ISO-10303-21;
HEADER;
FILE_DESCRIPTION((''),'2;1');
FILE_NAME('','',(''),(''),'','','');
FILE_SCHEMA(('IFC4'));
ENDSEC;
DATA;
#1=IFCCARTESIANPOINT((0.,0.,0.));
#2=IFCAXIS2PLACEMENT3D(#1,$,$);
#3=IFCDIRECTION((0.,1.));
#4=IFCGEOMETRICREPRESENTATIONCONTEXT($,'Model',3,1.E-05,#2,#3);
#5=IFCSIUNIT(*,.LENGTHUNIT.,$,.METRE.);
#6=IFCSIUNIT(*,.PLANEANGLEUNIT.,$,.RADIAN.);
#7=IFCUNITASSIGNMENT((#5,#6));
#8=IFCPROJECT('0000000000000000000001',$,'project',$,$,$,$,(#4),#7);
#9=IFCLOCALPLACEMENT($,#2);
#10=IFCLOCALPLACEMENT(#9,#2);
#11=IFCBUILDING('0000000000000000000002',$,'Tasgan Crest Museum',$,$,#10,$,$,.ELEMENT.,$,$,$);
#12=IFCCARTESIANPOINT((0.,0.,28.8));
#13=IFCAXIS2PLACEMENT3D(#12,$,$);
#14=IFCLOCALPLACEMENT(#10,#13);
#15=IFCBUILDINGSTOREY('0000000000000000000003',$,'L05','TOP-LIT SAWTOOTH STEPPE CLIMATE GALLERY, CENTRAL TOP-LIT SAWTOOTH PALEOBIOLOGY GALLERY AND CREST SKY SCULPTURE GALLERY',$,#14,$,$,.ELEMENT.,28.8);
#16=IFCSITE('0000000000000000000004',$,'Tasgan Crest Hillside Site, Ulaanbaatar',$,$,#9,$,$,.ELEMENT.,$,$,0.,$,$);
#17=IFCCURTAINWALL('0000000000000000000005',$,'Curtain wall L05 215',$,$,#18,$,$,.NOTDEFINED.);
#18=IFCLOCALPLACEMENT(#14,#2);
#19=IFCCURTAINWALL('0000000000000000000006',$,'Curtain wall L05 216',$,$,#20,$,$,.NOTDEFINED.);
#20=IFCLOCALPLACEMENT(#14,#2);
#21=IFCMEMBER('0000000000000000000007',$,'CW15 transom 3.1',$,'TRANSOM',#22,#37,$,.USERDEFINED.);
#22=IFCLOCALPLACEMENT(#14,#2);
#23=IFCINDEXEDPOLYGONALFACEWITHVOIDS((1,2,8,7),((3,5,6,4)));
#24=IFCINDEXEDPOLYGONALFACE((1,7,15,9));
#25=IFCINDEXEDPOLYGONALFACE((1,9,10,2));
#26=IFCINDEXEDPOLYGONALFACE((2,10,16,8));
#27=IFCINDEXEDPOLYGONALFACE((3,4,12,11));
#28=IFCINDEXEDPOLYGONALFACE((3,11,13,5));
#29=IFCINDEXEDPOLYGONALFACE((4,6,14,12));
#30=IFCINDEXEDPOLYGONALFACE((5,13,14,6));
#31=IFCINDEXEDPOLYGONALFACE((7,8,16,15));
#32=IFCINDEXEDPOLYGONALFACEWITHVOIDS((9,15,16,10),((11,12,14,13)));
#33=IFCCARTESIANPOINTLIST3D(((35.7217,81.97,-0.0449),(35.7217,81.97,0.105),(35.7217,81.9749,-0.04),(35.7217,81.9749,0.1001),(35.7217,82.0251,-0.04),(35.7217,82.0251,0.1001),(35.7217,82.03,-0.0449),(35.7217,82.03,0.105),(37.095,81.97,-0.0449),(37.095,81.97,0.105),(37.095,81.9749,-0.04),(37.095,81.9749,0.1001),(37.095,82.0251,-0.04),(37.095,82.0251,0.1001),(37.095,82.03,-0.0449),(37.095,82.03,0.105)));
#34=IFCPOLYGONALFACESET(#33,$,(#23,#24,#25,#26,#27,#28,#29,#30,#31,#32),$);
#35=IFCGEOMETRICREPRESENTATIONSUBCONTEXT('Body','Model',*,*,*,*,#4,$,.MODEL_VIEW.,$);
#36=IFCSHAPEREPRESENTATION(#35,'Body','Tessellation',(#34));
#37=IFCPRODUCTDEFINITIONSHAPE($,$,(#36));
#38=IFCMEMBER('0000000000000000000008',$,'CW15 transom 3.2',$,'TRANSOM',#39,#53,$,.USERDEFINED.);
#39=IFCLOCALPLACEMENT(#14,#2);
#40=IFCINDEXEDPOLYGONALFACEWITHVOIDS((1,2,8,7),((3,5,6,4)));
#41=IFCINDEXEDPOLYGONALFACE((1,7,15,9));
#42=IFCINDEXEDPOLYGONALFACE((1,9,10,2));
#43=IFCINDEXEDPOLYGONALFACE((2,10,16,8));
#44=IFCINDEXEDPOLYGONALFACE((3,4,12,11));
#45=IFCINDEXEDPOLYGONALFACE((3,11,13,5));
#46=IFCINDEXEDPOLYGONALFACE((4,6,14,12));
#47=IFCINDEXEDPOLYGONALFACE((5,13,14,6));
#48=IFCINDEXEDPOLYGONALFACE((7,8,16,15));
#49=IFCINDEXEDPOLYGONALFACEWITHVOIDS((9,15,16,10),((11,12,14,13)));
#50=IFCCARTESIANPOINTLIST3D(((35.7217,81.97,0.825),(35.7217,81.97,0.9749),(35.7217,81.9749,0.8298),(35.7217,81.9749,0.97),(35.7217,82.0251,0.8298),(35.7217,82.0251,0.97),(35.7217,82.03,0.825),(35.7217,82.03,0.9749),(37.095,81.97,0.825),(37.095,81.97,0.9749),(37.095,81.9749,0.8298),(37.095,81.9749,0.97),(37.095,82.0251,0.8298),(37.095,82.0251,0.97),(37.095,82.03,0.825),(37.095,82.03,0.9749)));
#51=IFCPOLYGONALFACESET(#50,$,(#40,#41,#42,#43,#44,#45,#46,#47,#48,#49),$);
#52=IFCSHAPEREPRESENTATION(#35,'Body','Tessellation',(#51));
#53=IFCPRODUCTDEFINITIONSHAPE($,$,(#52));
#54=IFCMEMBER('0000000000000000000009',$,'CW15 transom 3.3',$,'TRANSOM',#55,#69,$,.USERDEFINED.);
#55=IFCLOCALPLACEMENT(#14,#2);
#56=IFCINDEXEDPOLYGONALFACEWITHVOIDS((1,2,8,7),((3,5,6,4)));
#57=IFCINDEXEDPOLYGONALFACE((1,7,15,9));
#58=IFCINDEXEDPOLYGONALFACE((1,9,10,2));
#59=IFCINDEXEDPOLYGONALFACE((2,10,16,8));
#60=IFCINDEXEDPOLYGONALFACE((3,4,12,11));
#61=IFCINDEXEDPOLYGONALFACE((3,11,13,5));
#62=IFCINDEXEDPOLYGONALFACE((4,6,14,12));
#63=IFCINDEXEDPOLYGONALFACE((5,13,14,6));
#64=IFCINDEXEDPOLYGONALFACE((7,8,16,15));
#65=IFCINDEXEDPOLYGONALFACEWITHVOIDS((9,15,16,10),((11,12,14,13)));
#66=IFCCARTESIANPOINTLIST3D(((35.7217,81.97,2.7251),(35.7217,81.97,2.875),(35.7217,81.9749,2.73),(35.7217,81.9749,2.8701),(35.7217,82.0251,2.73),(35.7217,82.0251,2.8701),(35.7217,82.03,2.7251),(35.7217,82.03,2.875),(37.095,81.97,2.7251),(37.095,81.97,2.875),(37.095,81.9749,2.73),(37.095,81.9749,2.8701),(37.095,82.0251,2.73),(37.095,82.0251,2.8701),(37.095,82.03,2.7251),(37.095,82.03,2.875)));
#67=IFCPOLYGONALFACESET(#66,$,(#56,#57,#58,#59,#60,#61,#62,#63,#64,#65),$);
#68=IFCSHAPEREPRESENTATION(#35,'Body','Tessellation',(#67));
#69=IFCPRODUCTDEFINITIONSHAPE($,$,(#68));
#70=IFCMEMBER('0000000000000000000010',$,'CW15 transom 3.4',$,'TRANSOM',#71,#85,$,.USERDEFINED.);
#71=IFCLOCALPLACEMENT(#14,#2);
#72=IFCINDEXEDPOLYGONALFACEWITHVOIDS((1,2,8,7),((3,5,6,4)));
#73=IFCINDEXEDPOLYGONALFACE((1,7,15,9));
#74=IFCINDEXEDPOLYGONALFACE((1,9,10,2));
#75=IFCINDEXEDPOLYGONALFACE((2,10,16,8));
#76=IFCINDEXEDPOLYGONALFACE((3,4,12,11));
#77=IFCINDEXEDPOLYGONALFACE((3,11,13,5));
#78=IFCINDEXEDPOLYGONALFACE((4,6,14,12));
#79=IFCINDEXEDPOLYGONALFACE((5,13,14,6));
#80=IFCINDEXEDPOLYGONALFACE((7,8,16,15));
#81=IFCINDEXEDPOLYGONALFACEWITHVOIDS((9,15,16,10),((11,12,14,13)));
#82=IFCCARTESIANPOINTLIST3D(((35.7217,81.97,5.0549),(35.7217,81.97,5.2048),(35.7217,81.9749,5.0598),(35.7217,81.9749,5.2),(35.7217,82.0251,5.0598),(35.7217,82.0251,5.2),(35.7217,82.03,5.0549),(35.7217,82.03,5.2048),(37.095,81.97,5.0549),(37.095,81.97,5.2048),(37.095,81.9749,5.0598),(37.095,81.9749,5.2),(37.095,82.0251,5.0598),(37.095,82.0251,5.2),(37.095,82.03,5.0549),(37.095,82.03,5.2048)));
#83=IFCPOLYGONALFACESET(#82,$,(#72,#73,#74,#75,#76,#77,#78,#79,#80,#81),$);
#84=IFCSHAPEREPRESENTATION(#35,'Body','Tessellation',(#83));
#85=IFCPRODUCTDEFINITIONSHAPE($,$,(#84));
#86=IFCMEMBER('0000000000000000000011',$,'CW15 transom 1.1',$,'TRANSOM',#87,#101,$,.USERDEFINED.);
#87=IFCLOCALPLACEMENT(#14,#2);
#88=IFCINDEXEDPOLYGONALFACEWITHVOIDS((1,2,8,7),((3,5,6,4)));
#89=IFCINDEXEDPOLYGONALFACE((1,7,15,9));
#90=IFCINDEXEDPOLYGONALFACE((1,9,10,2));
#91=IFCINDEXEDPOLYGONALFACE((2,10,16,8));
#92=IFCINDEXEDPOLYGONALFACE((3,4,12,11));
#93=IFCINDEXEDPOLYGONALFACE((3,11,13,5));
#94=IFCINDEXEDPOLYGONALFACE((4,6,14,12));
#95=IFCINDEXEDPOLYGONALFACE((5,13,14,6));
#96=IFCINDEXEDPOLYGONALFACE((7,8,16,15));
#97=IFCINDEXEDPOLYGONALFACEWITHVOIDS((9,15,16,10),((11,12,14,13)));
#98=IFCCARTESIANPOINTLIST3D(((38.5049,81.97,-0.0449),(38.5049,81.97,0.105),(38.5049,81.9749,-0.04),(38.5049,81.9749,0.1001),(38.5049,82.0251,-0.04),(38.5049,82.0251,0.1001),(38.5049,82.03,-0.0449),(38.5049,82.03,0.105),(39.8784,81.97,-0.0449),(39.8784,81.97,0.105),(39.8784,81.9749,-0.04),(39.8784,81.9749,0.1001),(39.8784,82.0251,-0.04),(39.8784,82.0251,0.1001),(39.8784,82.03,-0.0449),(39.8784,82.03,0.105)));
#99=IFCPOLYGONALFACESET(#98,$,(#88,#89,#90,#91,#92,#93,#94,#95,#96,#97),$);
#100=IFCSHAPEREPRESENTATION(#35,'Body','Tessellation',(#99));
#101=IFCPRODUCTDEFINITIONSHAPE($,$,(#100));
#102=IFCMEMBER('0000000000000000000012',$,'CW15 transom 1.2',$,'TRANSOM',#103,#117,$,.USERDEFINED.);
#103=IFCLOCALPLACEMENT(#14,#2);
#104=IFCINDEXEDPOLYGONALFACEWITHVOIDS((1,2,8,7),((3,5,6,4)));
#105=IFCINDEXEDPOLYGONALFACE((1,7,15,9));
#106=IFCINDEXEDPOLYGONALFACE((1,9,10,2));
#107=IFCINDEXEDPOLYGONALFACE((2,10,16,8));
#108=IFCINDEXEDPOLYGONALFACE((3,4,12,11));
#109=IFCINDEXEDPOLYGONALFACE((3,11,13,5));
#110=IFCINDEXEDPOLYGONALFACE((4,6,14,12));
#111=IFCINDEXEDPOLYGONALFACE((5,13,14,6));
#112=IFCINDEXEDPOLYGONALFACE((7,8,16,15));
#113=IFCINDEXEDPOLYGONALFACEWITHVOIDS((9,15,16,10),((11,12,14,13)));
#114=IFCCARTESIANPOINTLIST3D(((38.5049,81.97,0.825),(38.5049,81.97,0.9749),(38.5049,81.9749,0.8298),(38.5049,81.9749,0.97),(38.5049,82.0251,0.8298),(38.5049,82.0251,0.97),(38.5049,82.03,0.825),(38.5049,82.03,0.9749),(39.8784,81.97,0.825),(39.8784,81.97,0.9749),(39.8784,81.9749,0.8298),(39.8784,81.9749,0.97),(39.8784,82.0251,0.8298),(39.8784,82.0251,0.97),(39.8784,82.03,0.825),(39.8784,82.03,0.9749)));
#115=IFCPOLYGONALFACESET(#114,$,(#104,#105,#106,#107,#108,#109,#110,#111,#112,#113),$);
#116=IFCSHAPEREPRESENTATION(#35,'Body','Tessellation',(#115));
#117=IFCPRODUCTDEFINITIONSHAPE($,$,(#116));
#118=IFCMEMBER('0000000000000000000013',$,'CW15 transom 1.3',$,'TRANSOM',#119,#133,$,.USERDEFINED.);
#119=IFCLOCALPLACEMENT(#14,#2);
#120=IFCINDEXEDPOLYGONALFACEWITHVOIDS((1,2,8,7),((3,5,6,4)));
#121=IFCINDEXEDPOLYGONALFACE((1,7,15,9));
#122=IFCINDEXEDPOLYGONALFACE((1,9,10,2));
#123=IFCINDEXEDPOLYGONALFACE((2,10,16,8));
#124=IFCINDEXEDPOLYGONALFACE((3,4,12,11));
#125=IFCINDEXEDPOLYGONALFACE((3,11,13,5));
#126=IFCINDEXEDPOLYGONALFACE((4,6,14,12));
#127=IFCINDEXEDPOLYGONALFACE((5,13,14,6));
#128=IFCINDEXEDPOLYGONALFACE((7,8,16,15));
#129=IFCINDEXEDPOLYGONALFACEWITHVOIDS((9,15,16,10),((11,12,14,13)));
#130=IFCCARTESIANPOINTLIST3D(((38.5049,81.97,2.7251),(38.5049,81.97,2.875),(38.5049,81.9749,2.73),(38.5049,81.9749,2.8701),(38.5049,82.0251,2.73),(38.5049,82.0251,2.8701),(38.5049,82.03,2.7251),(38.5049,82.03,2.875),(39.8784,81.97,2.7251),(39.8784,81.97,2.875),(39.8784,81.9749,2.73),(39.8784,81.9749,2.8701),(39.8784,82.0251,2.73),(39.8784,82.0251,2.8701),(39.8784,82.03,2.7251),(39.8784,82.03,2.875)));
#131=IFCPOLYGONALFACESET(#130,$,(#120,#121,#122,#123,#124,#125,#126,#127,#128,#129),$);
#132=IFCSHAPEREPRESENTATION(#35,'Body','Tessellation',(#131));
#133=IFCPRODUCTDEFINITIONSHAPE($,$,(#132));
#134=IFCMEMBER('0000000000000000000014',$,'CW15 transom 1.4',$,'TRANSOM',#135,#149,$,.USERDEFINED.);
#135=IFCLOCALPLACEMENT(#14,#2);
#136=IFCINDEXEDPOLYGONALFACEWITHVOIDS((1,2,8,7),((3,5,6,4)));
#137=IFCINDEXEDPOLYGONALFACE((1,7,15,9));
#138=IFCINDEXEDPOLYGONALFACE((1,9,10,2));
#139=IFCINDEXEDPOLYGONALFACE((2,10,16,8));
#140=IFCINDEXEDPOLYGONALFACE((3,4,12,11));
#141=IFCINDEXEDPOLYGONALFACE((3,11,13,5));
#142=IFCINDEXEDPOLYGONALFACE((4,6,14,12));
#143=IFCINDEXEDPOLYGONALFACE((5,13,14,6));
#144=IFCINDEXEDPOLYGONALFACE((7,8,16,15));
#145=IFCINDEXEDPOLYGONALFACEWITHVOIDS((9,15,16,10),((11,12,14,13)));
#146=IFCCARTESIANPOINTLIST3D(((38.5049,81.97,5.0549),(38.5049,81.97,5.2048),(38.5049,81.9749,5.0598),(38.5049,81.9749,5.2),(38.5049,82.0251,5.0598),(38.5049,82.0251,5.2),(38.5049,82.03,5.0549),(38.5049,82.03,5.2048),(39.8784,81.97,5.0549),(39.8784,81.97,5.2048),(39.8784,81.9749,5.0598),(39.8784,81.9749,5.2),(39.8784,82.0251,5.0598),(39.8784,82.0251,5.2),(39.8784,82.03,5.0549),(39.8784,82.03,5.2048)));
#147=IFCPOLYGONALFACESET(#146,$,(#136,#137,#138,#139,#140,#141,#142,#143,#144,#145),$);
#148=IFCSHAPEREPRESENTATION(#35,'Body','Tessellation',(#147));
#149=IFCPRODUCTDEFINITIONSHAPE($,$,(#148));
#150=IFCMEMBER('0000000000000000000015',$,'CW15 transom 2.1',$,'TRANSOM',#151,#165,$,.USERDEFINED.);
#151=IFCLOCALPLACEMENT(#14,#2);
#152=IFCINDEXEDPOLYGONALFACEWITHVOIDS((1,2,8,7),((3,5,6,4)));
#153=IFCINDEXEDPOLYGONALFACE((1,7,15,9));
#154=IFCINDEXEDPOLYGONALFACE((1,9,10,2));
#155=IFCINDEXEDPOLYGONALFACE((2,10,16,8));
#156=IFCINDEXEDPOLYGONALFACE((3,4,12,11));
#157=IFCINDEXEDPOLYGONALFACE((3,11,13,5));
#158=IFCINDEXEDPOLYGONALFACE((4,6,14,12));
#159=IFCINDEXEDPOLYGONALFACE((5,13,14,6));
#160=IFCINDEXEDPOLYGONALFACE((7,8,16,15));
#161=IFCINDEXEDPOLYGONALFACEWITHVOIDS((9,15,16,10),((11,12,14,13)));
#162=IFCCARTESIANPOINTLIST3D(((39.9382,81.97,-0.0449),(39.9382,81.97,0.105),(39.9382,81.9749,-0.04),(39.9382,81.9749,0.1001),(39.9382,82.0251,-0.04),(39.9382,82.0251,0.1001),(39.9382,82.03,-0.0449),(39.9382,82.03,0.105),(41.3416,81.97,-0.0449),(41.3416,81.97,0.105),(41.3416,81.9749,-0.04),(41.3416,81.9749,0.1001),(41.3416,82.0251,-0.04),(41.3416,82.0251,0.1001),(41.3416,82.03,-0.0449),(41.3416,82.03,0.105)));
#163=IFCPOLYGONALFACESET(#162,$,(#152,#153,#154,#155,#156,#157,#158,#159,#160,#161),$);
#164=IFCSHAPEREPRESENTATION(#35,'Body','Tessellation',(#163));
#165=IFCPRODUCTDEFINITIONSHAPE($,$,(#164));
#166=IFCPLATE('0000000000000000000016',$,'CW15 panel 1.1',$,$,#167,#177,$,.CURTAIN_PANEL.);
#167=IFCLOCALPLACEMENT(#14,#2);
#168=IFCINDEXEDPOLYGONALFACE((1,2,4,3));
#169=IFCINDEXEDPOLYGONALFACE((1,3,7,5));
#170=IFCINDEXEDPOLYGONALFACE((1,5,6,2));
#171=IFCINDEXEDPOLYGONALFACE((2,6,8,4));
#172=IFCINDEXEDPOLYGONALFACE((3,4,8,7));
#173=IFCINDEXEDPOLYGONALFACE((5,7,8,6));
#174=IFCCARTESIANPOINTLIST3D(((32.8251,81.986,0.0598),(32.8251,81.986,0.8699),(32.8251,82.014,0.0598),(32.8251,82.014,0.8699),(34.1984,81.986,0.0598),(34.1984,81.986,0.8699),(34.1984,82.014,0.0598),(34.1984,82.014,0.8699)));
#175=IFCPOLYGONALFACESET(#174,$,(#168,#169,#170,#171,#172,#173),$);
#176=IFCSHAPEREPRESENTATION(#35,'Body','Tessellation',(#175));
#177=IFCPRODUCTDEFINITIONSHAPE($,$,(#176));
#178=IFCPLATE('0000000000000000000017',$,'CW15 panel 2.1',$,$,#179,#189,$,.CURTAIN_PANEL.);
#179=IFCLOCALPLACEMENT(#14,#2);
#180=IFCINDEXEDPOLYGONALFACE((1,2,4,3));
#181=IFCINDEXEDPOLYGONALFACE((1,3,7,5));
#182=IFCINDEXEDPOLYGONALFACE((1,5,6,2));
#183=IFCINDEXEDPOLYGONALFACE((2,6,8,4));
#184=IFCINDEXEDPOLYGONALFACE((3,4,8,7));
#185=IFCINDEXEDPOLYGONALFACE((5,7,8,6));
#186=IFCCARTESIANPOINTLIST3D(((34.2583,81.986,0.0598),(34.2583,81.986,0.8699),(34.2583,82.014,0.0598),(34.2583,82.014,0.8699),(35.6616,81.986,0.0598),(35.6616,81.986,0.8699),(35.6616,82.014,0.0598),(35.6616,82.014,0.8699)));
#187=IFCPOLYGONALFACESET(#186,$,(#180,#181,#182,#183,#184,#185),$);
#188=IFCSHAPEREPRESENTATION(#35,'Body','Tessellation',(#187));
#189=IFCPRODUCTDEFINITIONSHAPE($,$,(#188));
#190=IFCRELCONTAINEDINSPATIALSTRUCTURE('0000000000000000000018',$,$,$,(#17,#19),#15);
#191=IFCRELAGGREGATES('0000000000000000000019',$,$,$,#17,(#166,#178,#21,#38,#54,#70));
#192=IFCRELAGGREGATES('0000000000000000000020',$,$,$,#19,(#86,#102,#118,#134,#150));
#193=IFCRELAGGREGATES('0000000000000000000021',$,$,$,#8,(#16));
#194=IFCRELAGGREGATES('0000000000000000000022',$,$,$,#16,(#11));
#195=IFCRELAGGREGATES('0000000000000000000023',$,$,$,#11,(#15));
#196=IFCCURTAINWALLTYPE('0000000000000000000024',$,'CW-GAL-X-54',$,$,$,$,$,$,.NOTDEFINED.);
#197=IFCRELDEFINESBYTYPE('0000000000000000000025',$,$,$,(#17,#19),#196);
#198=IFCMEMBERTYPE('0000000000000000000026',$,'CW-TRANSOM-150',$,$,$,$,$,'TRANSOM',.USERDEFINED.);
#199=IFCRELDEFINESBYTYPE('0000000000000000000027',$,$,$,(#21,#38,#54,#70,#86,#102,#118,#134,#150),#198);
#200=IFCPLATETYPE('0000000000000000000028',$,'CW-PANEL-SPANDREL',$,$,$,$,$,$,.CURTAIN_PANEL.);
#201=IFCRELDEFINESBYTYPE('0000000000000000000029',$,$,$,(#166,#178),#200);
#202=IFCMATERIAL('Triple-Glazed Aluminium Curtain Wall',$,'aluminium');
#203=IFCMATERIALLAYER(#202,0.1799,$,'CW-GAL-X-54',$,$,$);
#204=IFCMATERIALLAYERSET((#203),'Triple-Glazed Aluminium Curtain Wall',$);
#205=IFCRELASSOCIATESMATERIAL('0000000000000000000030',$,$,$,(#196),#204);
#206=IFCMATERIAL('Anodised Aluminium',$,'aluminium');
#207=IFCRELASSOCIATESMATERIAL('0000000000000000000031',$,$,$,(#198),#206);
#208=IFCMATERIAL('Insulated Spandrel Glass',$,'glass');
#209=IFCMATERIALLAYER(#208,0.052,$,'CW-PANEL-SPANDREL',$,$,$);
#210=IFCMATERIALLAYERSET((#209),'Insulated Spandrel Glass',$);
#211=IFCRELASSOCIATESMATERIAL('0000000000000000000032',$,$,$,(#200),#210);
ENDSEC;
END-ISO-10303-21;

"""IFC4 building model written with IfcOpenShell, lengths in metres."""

from ifc_helpers import new_model, si_unit, direction, frame, origin, origin_2d, place, context, subcontext, project, spatial, rectangle, hollow_rectangle, extrude, material, layer, layer_set, material_profile, profile_set, type_object, element, aggregate, save


model = new_model("IFC4")

# Units and contexts
model_context = context("Model", 3, precision=1e-05, world=origin(), true_north=direction((0.0, 1.0)))
body_context = subcontext(model_context, "Body", "Model", "MODEL_VIEW")
ifc_project = project(units=[si_unit("LENGTHUNIT", "METRE"), si_unit("PLANEANGLEUNIT", "RADIAN")], contexts=[model_context])

# Site, building, storey
site_placement = place(None, origin())
site = spatial("IfcSite", under=ifc_project, at=site_placement, Name="Tasgan Crest Hillside Site, Ulaanbaatar", CompositionType="ELEMENT", RefElevation=0.0)
building_placement = place(site_placement, origin())
building = spatial("IfcBuilding", under=site, at=building_placement, Name="Tasgan Crest Museum", CompositionType="ELEMENT")
storey_placement = place(building_placement, frame((0.0, 0.0, 28.8)))
storey = spatial("IfcBuildingStorey", under=building, at=storey_placement, Name="L05", Description="TOP-LIT SAWTOOTH STEPPE CLIMATE GALLERY, CENTRAL TOP-LIT SAWTOOTH PALEOBIOLOGY GALLERY AND CREST SKY SCULPTURE GALLERY", CompositionType="ELEMENT", Elevation=28.8)

# Curtain walls
ifc_material_1 = material(Name="Triple-Glazed Aluminium Curtain Wall", Category="aluminium")
ifc_layer_1 = layer(ifc_material_1, 0.1799, Name="CW-GAL-X-54")
ifc_layer_set_1 = layer_set([ifc_layer_1], Name="Triple-Glazed Aluminium Curtain Wall")
curtain_wall_type = type_object("IfcCurtainWallType", Name="CW-GAL-X-54", PredefinedType="NOTDEFINED", material=ifc_layer_set_1)
curtain_wall_1_placement = place(storey_placement, origin())
curtain_wall_1 = element("IfcCurtainWall", 1, at=curtain_wall_1_placement, inside=storey, type_object=curtain_wall_type, Name="Curtain wall L05 215", PredefinedType="NOTDEFINED")
curtain_wall_2_placement = place(storey_placement, origin())
curtain_wall_2 = element("IfcCurtainWall", 2, at=curtain_wall_2_placement, inside=storey, type_object=curtain_wall_type, Name="Curtain wall L05 216", PredefinedType="NOTDEFINED")

# Members
ifc_material_2 = material(Name="Anodised Aluminium", Category="aluminium")
ifc_material_profile_1 = material_profile(ifc_material_2, hollow_rectangle(XDim=0.0601, YDim=0.1499, WallThickness=0.0049, at=origin_2d()), Name="ALU TRANSOM 150x60x5")
ifc_profile_set_1 = profile_set([ifc_material_profile_1], Name="Anodised Aluminium")
member_type_1 = type_object("IfcMemberType", Name="CW-TRANSOM-150", ElementType="TRANSOM", PredefinedType="USERDEFINED", material=ifc_profile_set_1)
member_1_placement = place(storey_placement, frame((35.7217, 82.0, 0.03), z_axis=(1.0, 0.0, 0.0), x_axis=(0.0, 1.0, 0.0)))
member_1 = element("IfcMember", 3, at=member_1_placement, type_object=member_type_1, Name="CW15 transom 3.1", ObjectType="TRANSOM", PredefinedType="USERDEFINED", context=body_context, shape_type="SweptSolid", body=[
    extrude(hollow_rectangle(XDim=0.0601, YDim=0.1499, WallThickness=0.0049, at=origin_2d()), origin(), (0.0, 0.0, 1.0), 1.3733),
])
member_2_placement = place(storey_placement, frame((35.7217, 82.0, 0.8999), z_axis=(1.0, 0.0, 0.0), x_axis=(0.0, 1.0, 0.0)))
member_2 = element("IfcMember", 4, at=member_2_placement, type_object=member_type_1, Name="CW15 transom 3.2", ObjectType="TRANSOM", PredefinedType="USERDEFINED", context=body_context, shape_type="SweptSolid", body=[
    extrude(hollow_rectangle(XDim=0.0601, YDim=0.1499, WallThickness=0.0049, at=origin_2d()), origin(), (0.0, 0.0, 1.0), 1.3733),
])
member_3_placement = place(storey_placement, frame((35.7217, 82.0, 2.8), z_axis=(1.0, 0.0, 0.0), x_axis=(0.0, 1.0, 0.0)))
member_3 = element("IfcMember", 5, at=member_3_placement, type_object=member_type_1, Name="CW15 transom 3.3", ObjectType="TRANSOM", PredefinedType="USERDEFINED", context=body_context, shape_type="SweptSolid", body=[
    extrude(hollow_rectangle(XDim=0.0601, YDim=0.1499, WallThickness=0.0049, at=origin_2d()), origin(), (0.0, 0.0, 1.0), 1.3733),
])
member_4_placement = place(storey_placement, frame((35.7217, 82.0, 5.1299), z_axis=(1.0, 0.0, 0.0), x_axis=(0.0, 1.0, 0.0)))
member_4 = element("IfcMember", 6, at=member_4_placement, type_object=member_type_1, Name="CW15 transom 3.4", ObjectType="TRANSOM", PredefinedType="USERDEFINED", context=body_context, shape_type="SweptSolid", body=[
    extrude(hollow_rectangle(XDim=0.0601, YDim=0.1499, WallThickness=0.0049, at=origin_2d()), origin(), (0.0, 0.0, 1.0), 1.3733),
])
member_5_placement = place(storey_placement, frame((38.5049, 82.0, 0.03), z_axis=(1.0, 0.0, 0.0), x_axis=(0.0, 1.0, 0.0)))
member_5 = element("IfcMember", 7, at=member_5_placement, type_object=member_type_1, Name="CW15 transom 1.1", ObjectType="TRANSOM", PredefinedType="USERDEFINED", context=body_context, shape_type="SweptSolid", body=[
    extrude(hollow_rectangle(XDim=0.0601, YDim=0.1499, WallThickness=0.0049, at=origin_2d()), origin(), (0.0, 0.0, 1.0), 1.3735),
])
member_6_placement = place(storey_placement, frame((38.5049, 82.0, 0.8999), z_axis=(1.0, 0.0, 0.0), x_axis=(0.0, 1.0, 0.0)))
member_6 = element("IfcMember", 8, at=member_6_placement, type_object=member_type_1, Name="CW15 transom 1.2", ObjectType="TRANSOM", PredefinedType="USERDEFINED", context=body_context, shape_type="SweptSolid", body=[
    extrude(hollow_rectangle(XDim=0.0601, YDim=0.1499, WallThickness=0.0049, at=origin_2d()), origin(), (0.0, 0.0, 1.0), 1.3735),
])
member_7_placement = place(storey_placement, frame((38.5049, 82.0, 2.8), z_axis=(1.0, 0.0, 0.0), x_axis=(0.0, 1.0, 0.0)))
member_7 = element("IfcMember", 9, at=member_7_placement, type_object=member_type_1, Name="CW15 transom 1.3", ObjectType="TRANSOM", PredefinedType="USERDEFINED", context=body_context, shape_type="SweptSolid", body=[
    extrude(hollow_rectangle(XDim=0.0601, YDim=0.1499, WallThickness=0.0049, at=origin_2d()), origin(), (0.0, 0.0, 1.0), 1.3735),
])
member_8_placement = place(storey_placement, frame((38.5049, 82.0, 5.1299), z_axis=(1.0, 0.0, 0.0), x_axis=(0.0, 1.0, 0.0)))
member_8 = element("IfcMember", 10, at=member_8_placement, type_object=member_type_1, Name="CW15 transom 1.4", ObjectType="TRANSOM", PredefinedType="USERDEFINED", context=body_context, shape_type="SweptSolid", body=[
    extrude(hollow_rectangle(XDim=0.0601, YDim=0.1499, WallThickness=0.0049, at=origin_2d()), origin(), (0.0, 0.0, 1.0), 1.3735),
])
member_9_placement = place(storey_placement, frame((39.9382, 82.0, 0.03), z_axis=(1.0, 0.0, 0.0), x_axis=(0.0, 1.0, 0.0)))
member_9 = element("IfcMember", 11, at=member_9_placement, type_object=member_type_1, Name="CW15 transom 2.1", ObjectType="TRANSOM", PredefinedType="USERDEFINED", context=body_context, shape_type="SweptSolid", body=[
    extrude(hollow_rectangle(XDim=0.0601, YDim=0.1499, WallThickness=0.0049, at=origin_2d()), origin(), (0.0, 0.0, 1.0), 1.4033),
])

# Plates
ifc_material_3 = material(Name="Insulated Spandrel Glass", Category="glass")
ifc_layer_2 = layer(ifc_material_3, 0.052, Name="CW-PANEL-SPANDREL")
ifc_layer_set_2 = layer_set([ifc_layer_2], Name="Insulated Spandrel Glass")
plate_type_1 = type_object("IfcPlateType", Name="CW-PANEL-SPANDREL", PredefinedType="CURTAIN_PANEL", material=ifc_layer_set_2)
plate_1_placement = place(storey_placement, frame((33.5117, 82.0, 0.0598), z_axis=(0.0, 0.0, 1.0), x_axis=(1.0, 0.0, 0.0)))
plate_1 = element("IfcPlate", 12, at=plate_1_placement, type_object=plate_type_1, Name="CW15 panel 1.1", PredefinedType="CURTAIN_PANEL", context=body_context, shape_type="SweptSolid", body=[
    extrude(rectangle(XDim=1.3733, YDim=0.0281, at=origin_2d()), origin(), (0.0, 0.0, 1.0), 0.8101),
])
plate_2_placement = place(storey_placement, frame((34.96, 82.0, 0.0598), z_axis=(0.0, 0.0, 1.0), x_axis=(1.0, 0.0, 0.0)))
plate_2 = element("IfcPlate", 13, at=plate_2_placement, type_object=plate_type_1, Name="CW15 panel 2.1", PredefinedType="CURTAIN_PANEL", context=body_context, shape_type="SweptSolid", body=[
    extrude(rectangle(XDim=1.4033, YDim=0.0281, at=origin_2d()), origin(), (0.0, 0.0, 1.0), 0.8101),
])
aggregate(curtain_wall_1, [plate_1, plate_2, member_1, member_2, member_3, member_4])
aggregate(curtain_wall_2, [member_5, member_6, member_7, member_8, member_9])

save(model, "model.ifc")
